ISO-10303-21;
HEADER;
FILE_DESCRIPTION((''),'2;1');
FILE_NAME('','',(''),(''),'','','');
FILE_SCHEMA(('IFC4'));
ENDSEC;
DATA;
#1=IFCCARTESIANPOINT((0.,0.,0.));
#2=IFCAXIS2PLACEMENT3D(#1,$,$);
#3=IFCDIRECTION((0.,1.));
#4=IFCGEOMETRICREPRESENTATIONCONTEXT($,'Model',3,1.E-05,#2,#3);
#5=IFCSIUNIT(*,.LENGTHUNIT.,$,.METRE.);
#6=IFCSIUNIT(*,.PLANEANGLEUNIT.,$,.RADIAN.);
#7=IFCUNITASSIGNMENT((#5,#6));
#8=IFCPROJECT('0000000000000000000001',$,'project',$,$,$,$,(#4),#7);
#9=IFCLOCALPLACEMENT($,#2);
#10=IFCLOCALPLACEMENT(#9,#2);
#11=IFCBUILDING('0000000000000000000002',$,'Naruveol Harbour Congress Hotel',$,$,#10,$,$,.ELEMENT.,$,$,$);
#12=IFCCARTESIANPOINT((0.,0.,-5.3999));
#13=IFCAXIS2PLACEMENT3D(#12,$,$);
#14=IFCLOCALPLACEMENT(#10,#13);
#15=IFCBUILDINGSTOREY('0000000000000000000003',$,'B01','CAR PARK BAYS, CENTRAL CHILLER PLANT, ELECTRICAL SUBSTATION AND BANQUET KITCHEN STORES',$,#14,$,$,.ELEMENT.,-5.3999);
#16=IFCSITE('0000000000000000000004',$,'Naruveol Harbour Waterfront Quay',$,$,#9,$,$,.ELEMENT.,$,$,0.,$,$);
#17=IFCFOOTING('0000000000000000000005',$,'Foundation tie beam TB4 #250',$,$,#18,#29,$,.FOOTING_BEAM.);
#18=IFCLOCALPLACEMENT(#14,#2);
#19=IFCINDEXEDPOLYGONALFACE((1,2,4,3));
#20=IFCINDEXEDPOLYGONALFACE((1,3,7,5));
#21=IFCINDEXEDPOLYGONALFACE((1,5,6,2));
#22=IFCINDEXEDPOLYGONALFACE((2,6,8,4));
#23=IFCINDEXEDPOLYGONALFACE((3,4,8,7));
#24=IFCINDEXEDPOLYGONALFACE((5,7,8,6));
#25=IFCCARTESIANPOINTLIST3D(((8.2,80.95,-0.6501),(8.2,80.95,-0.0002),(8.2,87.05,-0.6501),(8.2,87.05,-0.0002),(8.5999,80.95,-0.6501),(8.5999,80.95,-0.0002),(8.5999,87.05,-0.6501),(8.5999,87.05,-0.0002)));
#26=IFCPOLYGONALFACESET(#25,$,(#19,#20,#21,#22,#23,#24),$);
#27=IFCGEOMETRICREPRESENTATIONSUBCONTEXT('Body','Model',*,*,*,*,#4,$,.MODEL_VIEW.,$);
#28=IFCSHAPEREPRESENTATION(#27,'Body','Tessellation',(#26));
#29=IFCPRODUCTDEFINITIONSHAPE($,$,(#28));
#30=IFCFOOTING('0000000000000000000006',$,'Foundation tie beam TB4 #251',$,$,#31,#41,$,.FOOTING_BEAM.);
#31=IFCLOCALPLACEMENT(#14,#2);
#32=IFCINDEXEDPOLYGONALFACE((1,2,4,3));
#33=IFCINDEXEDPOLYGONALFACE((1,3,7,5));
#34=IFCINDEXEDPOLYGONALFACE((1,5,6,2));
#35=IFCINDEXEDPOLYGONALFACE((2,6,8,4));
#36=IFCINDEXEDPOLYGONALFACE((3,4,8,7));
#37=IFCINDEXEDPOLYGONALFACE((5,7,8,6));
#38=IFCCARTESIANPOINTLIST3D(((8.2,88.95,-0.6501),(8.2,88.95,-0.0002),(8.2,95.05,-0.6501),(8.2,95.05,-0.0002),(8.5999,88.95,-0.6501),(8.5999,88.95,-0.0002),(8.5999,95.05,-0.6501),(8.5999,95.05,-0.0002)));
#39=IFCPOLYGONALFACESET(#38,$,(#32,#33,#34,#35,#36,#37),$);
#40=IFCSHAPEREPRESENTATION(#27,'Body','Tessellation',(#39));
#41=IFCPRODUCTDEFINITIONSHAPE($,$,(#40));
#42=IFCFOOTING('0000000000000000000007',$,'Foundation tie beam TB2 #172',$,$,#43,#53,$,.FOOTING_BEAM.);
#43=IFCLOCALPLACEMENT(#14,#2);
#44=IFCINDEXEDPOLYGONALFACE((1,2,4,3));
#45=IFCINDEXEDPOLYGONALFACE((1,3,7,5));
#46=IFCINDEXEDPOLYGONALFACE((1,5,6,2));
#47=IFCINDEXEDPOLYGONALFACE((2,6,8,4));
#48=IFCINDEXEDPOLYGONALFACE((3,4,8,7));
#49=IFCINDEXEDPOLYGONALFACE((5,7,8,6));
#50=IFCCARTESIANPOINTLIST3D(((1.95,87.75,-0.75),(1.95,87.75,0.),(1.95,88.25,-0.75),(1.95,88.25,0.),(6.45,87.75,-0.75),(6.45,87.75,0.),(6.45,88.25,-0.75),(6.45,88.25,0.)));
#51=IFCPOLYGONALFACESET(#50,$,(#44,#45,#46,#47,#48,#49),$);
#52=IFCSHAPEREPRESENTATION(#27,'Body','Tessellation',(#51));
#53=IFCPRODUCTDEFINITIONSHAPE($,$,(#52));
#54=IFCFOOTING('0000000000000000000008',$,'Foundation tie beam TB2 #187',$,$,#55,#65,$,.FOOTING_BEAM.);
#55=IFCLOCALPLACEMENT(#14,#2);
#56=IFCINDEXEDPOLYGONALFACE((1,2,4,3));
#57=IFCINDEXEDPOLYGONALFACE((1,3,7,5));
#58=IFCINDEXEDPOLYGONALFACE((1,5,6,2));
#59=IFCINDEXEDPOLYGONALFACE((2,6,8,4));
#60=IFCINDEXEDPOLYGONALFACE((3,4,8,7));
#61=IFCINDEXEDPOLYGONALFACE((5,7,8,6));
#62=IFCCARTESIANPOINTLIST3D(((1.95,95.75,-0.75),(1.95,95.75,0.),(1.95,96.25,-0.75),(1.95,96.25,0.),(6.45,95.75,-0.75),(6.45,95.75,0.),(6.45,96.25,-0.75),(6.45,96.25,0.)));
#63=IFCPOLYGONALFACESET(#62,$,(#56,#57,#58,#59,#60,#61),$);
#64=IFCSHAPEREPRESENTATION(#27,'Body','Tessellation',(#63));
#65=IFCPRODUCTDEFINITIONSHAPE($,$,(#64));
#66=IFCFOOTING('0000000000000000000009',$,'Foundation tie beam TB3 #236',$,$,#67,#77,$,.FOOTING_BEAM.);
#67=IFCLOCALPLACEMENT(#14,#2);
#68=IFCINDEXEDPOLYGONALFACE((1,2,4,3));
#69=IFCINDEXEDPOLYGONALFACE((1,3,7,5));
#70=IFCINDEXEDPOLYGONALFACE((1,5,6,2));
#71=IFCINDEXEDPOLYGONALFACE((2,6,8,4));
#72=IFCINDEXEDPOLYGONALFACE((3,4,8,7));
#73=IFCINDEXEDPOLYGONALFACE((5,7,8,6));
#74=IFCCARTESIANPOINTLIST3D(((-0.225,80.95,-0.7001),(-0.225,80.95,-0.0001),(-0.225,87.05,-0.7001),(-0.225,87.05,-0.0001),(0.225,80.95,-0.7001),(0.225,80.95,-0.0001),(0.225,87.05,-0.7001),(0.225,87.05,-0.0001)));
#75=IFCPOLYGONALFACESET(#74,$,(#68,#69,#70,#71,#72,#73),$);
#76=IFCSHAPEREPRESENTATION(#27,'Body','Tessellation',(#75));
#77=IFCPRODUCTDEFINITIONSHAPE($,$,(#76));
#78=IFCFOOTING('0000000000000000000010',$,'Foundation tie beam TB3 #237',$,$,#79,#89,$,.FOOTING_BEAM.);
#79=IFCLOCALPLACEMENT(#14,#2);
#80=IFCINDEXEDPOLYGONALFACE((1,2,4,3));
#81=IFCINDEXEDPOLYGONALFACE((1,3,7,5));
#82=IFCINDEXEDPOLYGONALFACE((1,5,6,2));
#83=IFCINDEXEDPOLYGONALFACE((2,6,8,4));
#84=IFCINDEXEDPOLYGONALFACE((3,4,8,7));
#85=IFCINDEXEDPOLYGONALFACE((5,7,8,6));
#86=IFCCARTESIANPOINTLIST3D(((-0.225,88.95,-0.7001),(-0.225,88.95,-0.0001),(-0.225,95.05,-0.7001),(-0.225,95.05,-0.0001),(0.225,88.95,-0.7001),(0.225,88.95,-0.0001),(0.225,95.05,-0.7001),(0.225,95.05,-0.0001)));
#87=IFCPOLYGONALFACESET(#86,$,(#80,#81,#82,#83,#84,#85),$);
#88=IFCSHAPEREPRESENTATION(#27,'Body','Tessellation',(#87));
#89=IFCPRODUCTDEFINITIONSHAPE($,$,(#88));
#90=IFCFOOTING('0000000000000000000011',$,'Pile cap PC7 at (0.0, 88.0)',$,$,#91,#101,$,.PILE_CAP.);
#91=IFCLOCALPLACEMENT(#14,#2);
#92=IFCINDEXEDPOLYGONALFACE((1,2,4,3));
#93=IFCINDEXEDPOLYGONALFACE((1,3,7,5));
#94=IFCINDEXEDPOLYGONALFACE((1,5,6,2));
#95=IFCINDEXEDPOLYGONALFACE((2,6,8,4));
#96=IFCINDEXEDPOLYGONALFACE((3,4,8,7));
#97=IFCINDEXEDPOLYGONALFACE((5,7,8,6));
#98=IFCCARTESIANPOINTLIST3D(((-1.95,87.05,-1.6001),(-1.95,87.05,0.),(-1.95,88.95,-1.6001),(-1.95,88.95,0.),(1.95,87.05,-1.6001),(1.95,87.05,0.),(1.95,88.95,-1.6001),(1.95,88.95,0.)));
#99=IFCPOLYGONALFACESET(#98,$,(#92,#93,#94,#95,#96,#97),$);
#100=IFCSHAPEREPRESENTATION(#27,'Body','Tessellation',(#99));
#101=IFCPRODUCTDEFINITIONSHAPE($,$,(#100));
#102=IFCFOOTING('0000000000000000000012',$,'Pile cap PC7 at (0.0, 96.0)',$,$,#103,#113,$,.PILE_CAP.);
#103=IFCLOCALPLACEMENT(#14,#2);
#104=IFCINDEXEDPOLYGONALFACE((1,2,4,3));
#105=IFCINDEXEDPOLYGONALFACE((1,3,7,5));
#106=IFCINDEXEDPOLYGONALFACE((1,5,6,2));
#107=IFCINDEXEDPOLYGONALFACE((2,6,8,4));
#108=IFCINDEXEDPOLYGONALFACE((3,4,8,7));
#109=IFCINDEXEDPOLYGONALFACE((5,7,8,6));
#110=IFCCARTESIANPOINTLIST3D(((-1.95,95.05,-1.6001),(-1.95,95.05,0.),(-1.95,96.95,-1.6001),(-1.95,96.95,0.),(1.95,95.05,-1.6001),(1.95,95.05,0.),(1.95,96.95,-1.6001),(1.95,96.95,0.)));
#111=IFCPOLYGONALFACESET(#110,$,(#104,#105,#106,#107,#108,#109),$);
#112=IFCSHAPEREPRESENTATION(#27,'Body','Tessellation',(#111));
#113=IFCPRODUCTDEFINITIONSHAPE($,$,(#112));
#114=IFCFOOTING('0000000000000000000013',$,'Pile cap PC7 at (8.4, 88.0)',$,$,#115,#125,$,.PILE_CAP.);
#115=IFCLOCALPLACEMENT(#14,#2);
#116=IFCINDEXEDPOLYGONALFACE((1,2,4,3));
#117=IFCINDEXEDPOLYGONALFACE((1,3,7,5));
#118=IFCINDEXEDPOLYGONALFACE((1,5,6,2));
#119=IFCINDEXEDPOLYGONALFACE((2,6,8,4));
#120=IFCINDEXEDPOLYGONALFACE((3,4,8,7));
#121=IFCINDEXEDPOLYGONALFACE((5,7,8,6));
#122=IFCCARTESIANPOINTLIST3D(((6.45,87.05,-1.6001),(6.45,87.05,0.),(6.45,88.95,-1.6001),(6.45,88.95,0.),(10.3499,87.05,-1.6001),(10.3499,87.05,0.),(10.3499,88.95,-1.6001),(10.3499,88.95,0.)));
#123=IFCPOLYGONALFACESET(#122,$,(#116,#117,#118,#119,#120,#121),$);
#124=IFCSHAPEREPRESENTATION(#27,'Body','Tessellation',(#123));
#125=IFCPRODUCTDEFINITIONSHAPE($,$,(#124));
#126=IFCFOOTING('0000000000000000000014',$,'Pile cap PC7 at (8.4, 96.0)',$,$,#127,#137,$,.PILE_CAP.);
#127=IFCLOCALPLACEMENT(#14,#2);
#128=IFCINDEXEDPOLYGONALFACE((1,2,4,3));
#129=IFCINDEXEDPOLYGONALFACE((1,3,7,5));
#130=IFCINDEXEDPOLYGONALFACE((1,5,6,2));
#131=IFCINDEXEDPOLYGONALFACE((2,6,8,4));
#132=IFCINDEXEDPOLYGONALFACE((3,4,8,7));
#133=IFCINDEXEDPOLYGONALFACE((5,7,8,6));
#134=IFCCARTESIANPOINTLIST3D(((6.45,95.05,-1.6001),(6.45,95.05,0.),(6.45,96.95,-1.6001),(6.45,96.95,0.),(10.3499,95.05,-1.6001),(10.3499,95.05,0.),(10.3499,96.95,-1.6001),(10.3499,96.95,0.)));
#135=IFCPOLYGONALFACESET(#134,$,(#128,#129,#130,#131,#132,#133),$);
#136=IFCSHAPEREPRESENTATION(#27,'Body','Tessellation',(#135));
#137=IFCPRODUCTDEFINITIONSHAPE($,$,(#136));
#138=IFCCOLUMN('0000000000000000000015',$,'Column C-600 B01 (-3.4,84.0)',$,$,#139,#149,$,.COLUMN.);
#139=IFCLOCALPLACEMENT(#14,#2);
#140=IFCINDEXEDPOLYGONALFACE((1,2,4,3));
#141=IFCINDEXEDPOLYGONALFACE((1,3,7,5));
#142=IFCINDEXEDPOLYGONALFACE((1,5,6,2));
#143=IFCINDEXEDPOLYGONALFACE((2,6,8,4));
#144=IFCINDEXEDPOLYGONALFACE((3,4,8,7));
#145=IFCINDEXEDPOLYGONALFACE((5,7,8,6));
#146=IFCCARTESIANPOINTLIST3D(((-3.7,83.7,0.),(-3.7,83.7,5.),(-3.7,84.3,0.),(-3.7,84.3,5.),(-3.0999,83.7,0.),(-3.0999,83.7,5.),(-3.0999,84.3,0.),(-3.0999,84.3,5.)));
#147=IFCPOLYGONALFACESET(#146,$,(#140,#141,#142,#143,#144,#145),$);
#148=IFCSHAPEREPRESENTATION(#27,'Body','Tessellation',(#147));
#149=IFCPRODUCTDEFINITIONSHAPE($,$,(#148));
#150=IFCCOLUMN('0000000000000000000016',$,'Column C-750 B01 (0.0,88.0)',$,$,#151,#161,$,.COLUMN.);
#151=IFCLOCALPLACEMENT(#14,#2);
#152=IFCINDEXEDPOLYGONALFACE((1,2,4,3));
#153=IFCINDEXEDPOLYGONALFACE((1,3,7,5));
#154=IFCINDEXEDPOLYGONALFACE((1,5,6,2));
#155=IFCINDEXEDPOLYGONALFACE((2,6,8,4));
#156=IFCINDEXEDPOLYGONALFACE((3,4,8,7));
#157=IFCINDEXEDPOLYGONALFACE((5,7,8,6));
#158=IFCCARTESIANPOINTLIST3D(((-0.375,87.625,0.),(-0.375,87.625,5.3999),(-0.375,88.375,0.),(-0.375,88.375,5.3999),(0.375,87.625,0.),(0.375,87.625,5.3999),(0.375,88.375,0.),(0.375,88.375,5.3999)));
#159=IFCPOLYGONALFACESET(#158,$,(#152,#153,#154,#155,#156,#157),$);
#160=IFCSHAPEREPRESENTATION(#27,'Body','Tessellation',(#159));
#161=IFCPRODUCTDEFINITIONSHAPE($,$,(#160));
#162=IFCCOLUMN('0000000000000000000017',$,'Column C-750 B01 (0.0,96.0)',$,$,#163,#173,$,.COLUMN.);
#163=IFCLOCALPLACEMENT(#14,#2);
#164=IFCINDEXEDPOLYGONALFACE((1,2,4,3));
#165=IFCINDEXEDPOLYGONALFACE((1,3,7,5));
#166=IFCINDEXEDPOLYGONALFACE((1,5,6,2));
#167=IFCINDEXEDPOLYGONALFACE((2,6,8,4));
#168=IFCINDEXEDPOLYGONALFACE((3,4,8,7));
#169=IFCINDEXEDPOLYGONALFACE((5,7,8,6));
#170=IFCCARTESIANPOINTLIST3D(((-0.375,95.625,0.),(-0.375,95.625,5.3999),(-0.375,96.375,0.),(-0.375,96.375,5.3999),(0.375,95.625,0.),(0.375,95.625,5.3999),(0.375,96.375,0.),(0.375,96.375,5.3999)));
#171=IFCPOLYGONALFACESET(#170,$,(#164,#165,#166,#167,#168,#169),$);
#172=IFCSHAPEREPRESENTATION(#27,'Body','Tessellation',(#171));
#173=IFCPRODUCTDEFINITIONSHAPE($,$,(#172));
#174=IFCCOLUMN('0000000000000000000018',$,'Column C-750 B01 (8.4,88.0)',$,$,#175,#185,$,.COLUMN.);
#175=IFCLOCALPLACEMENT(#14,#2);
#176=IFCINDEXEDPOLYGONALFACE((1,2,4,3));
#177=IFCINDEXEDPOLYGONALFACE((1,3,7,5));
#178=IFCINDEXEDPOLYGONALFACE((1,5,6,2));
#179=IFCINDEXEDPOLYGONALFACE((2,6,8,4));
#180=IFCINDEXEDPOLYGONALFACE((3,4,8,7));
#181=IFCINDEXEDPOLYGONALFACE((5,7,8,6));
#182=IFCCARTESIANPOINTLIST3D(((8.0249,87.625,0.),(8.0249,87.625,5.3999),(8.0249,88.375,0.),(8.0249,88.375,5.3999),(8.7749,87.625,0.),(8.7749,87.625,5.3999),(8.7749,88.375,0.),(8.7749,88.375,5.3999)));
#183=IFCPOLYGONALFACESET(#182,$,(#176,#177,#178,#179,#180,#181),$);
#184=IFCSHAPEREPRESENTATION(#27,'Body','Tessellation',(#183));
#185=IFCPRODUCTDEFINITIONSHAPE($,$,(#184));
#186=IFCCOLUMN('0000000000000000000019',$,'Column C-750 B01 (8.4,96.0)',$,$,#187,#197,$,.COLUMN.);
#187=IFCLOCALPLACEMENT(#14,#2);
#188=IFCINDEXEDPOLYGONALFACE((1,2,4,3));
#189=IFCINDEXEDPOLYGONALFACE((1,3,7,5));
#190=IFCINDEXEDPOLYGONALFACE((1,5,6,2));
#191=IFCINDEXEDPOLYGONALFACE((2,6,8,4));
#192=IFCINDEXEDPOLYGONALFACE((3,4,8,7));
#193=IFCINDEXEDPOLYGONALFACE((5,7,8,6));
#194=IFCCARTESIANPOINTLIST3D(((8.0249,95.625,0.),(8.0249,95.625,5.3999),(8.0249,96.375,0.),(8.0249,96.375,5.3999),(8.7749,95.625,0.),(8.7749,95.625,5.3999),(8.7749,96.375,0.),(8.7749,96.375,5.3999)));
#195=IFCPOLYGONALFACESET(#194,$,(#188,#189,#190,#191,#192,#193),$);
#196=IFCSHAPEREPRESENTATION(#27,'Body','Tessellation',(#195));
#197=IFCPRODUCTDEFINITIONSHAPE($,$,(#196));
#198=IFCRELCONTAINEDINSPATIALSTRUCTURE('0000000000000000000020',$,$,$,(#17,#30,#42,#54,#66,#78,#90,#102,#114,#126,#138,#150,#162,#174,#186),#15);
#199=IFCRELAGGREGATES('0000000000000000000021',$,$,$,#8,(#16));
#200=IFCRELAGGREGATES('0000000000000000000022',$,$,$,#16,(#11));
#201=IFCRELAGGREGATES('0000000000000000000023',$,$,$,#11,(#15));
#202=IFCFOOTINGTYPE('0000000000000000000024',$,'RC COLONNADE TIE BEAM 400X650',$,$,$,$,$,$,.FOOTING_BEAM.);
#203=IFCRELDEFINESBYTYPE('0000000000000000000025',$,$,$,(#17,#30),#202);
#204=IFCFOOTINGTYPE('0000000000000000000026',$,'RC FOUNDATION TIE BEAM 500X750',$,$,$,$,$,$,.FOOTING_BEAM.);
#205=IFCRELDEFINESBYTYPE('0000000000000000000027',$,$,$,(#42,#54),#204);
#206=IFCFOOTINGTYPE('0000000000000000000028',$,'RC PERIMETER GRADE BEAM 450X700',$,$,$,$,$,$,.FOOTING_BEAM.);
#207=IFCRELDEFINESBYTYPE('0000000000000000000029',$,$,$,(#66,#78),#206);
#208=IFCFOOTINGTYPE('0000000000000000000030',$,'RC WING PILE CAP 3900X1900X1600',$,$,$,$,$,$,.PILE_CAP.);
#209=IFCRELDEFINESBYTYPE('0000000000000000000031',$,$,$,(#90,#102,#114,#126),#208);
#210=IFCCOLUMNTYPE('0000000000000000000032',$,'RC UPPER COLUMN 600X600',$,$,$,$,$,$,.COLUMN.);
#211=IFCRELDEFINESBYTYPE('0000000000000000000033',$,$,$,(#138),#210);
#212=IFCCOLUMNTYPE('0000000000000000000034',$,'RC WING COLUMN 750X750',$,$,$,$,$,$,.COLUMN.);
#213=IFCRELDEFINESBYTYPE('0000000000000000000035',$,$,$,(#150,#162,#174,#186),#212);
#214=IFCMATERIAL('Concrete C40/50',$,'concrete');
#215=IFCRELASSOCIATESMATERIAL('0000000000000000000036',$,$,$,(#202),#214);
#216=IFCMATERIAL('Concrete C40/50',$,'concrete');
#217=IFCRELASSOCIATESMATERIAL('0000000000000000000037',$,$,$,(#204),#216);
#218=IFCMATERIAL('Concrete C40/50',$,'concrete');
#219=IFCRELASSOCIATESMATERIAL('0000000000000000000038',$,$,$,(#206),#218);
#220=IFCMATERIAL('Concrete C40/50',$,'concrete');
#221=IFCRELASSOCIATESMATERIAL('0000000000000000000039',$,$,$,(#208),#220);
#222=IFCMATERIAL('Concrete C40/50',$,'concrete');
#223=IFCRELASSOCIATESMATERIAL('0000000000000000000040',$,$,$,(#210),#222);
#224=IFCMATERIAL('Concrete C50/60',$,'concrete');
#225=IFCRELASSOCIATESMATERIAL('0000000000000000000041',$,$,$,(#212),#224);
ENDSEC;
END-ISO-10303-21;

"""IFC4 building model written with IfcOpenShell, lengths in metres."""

from ifc_helpers import new_model, si_unit, direction, frame, origin, origin_2d, place, context, subcontext, project, spatial, rectangle, extrude, material, material_profile, profile_set, type_object, element, save


model = new_model("IFC4")

# Units and contexts
model_context = context("Model", 3, precision=1e-05, world=origin(), true_north=direction((0.0, 1.0)))
body_context = subcontext(model_context, "Body", "Model", "MODEL_VIEW")
ifc_project = project(units=[si_unit("LENGTHUNIT", "METRE"), si_unit("PLANEANGLEUNIT", "RADIAN")], contexts=[model_context])

# Site, building, storey
site_placement = place(None, origin())
site = spatial("IfcSite", under=ifc_project, at=site_placement, Name="Naruveol Harbour Waterfront Quay", CompositionType="ELEMENT", RefElevation=0.0)
building_placement = place(site_placement, origin())
building = spatial("IfcBuilding", under=site, at=building_placement, Name="Naruveol Harbour Congress Hotel", CompositionType="ELEMENT")
storey_placement = place(building_placement, frame((0.0, 0.0, -5.3999)))
storey = spatial("IfcBuildingStorey", under=building, at=storey_placement, Name="B01", Description="CAR PARK BAYS, CENTRAL CHILLER PLANT, ELECTRICAL SUBSTATION AND BANQUET KITCHEN STORES", CompositionType="ELEMENT", Elevation=-5.3999)

# Footings
ifc_material_1 = material(Name="Concrete C40/50", Category="concrete")
ifc_material_profile_1 = material_profile(ifc_material_1, rectangle(XDim=0.3999, YDim=0.6499, at=origin_2d()), Name="RCB-400x650")
ifc_profile_set_1 = profile_set([ifc_material_profile_1], Name="Concrete C40/50")
footing_type_1 = type_object("IfcFootingType", Name="RC COLONNADE TIE BEAM 400X650", PredefinedType="FOOTING_BEAM", material=ifc_profile_set_1)
for number, where, z_axis, x_axis, name in (
    (1, (8.3999, 80.95, -0.3252), (0.0, 1.0, 0.0), (-1.0, 0.0, 0.0), "Foundation tie beam TB4 #250"),
    (2, (8.3999, 88.95, -0.3252), (0.0, 1.0, 0.0), (-1.0, 0.0, 0.0), "Foundation tie beam TB4 #251"),
):
    element("IfcFooting", number, at=place(storey_placement, frame(where, z_axis=z_axis, x_axis=x_axis)), inside=storey, type_object=footing_type_1, Name=name, PredefinedType="FOOTING_BEAM", context=body_context, shape_type="SweptSolid", body=[
        extrude(rectangle(XDim=0.3999, YDim=0.6499, at=origin_2d()), origin(), (0.0, 0.0, 1.0), 6.1001),
    ])
ifc_material_2 = material(Name="Concrete C40/50", Category="concrete")
ifc_material_profile_2 = material_profile(ifc_material_2, rectangle(XDim=0.5, YDim=0.75, at=origin_2d()), Name="RCB-500x750")
ifc_profile_set_2 = profile_set([ifc_material_profile_2], Name="Concrete C40/50")
footing_type_2 = type_object("IfcFootingType", Name="RC FOUNDATION TIE BEAM 500X750", PredefinedType="FOOTING_BEAM", material=ifc_profile_set_2)
for number, where, z_axis, x_axis, name in (
    (3, (1.95, 88.0, -0.375), (1.0, 0.0, 0.0), (0.0, 1.0, 0.0), "Foundation tie beam TB2 #172"),
    (4, (1.95, 96.0, -0.375), (1.0, 0.0, 0.0), (0.0, 1.0, 0.0), "Foundation tie beam TB2 #187"),
):
    element("IfcFooting", number, at=place(storey_placement, frame(where, z_axis=z_axis, x_axis=x_axis)), inside=storey, type_object=footing_type_2, Name=name, PredefinedType="FOOTING_BEAM", context=body_context, shape_type="SweptSolid", body=[
        extrude(rectangle(XDim=0.5, YDim=0.75, at=origin_2d()), origin(), (0.0, 0.0, 1.0), 4.5),
    ])
ifc_material_3 = material(Name="Concrete C40/50", Category="concrete")
ifc_material_profile_3 = material_profile(ifc_material_3, rectangle(XDim=0.45, YDim=0.7, at=origin_2d()), Name="RCB-450x700")
ifc_profile_set_3 = profile_set([ifc_material_profile_3], Name="Concrete C40/50")
footing_type_3 = type_object("IfcFootingType", Name="RC PERIMETER GRADE BEAM 450X700", PredefinedType="FOOTING_BEAM", material=ifc_profile_set_3)
for number, where, z_axis, x_axis, name in (
    (5, (0.0, 80.95, -0.3501), (0.0, 1.0, 0.0), (-1.0, 0.0, 0.0), "Foundation tie beam TB3 #236"),
    (6, (0.0, 88.95, -0.3501), (0.0, 1.0, 0.0), (-1.0, 0.0, 0.0), "Foundation tie beam TB3 #237"),
):
    element("IfcFooting", number, at=place(storey_placement, frame(where, z_axis=z_axis, x_axis=x_axis)), inside=storey, type_object=footing_type_3, Name=name, PredefinedType="FOOTING_BEAM", context=body_context, shape_type="SweptSolid", body=[
        extrude(rectangle(XDim=0.45, YDim=0.7, at=origin_2d()), origin(), (0.0, 0.0, 1.0), 6.1001),
    ])
ifc_material_4 = material(Name="Concrete C40/50", Category="concrete")
footing_type_4 = type_object("IfcFootingType", Name="RC WING PILE CAP 3900X1900X1600", PredefinedType="PILE_CAP", material=ifc_material_4)
for number, where, z_axis, x_axis, name in (
    (7, (0.0, 88.0, -1.6001), (0.0, 0.0, 1.0), (1.0, 0.0, 0.0), "Pile cap PC7 at (0.0, 88.0)"),
    (8, (0.0, 96.0, -1.6001), (0.0, 0.0, 1.0), (1.0, 0.0, 0.0), "Pile cap PC7 at (0.0, 96.0)"),
    (9, (8.3999, 88.0, -1.6001), (0.0, 0.0, 1.0), (1.0, 0.0, 0.0), "Pile cap PC7 at (8.4, 88.0)"),
    (10, (8.3999, 96.0, -1.6001), (0.0, 0.0, 1.0), (1.0, 0.0, 0.0), "Pile cap PC7 at (8.4, 96.0)"),
):
    element("IfcFooting", number, at=place(storey_placement, frame(where, z_axis=z_axis, x_axis=x_axis)), inside=storey, type_object=footing_type_4, Name=name, PredefinedType="PILE_CAP", context=body_context, shape_type="SweptSolid", body=[
        extrude(rectangle(XDim=3.8999, YDim=1.8999, at=origin_2d()), origin(), (0.0, 0.0, 1.0), 1.6001),
    ])

# Columns
ifc_material_5 = material(Name="Concrete C40/50", Category="concrete")
ifc_material_profile_4 = material_profile(ifc_material_5, rectangle(XDim=0.6001, YDim=0.6001, at=origin_2d()), Name="RC-600x600")
ifc_profile_set_4 = profile_set([ifc_material_profile_4], Name="Concrete C40/50")
column_type_1 = type_object("IfcColumnType", Name="RC UPPER COLUMN 600X600", PredefinedType="COLUMN", material=ifc_profile_set_4)
column_placement = place(storey_placement, frame((-3.3999, 84.0, 0.0), z_axis=(0.0, 0.0, 1.0), x_axis=(1.0, 0.0, 0.0)))
element("IfcColumn", 11, at=column_placement, inside=storey, type_object=column_type_1, Name="Column C-600 B01 (-3.4,84.0)", PredefinedType="COLUMN", context=body_context, shape_type="SweptSolid", body=[
    extrude(rectangle(XDim=0.6001, YDim=0.6001, at=origin_2d()), origin(), (0.0, 0.0, 1.0), 5.0),
])
ifc_material_6 = material(Name="Concrete C50/60", Category="concrete")
ifc_material_profile_5 = material_profile(ifc_material_6, rectangle(XDim=0.75, YDim=0.75, at=origin_2d()), Name="RC-750x750")
ifc_profile_set_5 = profile_set([ifc_material_profile_5], Name="Concrete C50/60")
column_type_2 = type_object("IfcColumnType", Name="RC WING COLUMN 750X750", PredefinedType="COLUMN", material=ifc_profile_set_5)
for number, where, z_axis, x_axis, name in (
    (12, (0.0, 88.0, 0.0), (0.0, 0.0, 1.0), (1.0, 0.0, 0.0), "Column C-750 B01 (0.0,88.0)"),
    (13, (0.0, 96.0, 0.0), (0.0, 0.0, 1.0), (1.0, 0.0, 0.0), "Column C-750 B01 (0.0,96.0)"),
    (14, (8.3999, 88.0, 0.0), (0.0, 0.0, 1.0), (1.0, 0.0, 0.0), "Column C-750 B01 (8.4,88.0)"),
    (15, (8.3999, 96.0, 0.0), (0.0, 0.0, 1.0), (1.0, 0.0, 0.0), "Column C-750 B01 (8.4,96.0)"),
):
    element("IfcColumn", number, at=place(storey_placement, frame(where, z_axis=z_axis, x_axis=x_axis)), inside=storey, type_object=column_type_2, Name=name, PredefinedType="COLUMN", context=body_context, shape_type="SweptSolid", body=[
        extrude(rectangle(XDim=0.75, YDim=0.75, at=origin_2d()), origin(), (0.0, 0.0, 1.0), 5.3999),
    ])

save(model, "model.ifc")
